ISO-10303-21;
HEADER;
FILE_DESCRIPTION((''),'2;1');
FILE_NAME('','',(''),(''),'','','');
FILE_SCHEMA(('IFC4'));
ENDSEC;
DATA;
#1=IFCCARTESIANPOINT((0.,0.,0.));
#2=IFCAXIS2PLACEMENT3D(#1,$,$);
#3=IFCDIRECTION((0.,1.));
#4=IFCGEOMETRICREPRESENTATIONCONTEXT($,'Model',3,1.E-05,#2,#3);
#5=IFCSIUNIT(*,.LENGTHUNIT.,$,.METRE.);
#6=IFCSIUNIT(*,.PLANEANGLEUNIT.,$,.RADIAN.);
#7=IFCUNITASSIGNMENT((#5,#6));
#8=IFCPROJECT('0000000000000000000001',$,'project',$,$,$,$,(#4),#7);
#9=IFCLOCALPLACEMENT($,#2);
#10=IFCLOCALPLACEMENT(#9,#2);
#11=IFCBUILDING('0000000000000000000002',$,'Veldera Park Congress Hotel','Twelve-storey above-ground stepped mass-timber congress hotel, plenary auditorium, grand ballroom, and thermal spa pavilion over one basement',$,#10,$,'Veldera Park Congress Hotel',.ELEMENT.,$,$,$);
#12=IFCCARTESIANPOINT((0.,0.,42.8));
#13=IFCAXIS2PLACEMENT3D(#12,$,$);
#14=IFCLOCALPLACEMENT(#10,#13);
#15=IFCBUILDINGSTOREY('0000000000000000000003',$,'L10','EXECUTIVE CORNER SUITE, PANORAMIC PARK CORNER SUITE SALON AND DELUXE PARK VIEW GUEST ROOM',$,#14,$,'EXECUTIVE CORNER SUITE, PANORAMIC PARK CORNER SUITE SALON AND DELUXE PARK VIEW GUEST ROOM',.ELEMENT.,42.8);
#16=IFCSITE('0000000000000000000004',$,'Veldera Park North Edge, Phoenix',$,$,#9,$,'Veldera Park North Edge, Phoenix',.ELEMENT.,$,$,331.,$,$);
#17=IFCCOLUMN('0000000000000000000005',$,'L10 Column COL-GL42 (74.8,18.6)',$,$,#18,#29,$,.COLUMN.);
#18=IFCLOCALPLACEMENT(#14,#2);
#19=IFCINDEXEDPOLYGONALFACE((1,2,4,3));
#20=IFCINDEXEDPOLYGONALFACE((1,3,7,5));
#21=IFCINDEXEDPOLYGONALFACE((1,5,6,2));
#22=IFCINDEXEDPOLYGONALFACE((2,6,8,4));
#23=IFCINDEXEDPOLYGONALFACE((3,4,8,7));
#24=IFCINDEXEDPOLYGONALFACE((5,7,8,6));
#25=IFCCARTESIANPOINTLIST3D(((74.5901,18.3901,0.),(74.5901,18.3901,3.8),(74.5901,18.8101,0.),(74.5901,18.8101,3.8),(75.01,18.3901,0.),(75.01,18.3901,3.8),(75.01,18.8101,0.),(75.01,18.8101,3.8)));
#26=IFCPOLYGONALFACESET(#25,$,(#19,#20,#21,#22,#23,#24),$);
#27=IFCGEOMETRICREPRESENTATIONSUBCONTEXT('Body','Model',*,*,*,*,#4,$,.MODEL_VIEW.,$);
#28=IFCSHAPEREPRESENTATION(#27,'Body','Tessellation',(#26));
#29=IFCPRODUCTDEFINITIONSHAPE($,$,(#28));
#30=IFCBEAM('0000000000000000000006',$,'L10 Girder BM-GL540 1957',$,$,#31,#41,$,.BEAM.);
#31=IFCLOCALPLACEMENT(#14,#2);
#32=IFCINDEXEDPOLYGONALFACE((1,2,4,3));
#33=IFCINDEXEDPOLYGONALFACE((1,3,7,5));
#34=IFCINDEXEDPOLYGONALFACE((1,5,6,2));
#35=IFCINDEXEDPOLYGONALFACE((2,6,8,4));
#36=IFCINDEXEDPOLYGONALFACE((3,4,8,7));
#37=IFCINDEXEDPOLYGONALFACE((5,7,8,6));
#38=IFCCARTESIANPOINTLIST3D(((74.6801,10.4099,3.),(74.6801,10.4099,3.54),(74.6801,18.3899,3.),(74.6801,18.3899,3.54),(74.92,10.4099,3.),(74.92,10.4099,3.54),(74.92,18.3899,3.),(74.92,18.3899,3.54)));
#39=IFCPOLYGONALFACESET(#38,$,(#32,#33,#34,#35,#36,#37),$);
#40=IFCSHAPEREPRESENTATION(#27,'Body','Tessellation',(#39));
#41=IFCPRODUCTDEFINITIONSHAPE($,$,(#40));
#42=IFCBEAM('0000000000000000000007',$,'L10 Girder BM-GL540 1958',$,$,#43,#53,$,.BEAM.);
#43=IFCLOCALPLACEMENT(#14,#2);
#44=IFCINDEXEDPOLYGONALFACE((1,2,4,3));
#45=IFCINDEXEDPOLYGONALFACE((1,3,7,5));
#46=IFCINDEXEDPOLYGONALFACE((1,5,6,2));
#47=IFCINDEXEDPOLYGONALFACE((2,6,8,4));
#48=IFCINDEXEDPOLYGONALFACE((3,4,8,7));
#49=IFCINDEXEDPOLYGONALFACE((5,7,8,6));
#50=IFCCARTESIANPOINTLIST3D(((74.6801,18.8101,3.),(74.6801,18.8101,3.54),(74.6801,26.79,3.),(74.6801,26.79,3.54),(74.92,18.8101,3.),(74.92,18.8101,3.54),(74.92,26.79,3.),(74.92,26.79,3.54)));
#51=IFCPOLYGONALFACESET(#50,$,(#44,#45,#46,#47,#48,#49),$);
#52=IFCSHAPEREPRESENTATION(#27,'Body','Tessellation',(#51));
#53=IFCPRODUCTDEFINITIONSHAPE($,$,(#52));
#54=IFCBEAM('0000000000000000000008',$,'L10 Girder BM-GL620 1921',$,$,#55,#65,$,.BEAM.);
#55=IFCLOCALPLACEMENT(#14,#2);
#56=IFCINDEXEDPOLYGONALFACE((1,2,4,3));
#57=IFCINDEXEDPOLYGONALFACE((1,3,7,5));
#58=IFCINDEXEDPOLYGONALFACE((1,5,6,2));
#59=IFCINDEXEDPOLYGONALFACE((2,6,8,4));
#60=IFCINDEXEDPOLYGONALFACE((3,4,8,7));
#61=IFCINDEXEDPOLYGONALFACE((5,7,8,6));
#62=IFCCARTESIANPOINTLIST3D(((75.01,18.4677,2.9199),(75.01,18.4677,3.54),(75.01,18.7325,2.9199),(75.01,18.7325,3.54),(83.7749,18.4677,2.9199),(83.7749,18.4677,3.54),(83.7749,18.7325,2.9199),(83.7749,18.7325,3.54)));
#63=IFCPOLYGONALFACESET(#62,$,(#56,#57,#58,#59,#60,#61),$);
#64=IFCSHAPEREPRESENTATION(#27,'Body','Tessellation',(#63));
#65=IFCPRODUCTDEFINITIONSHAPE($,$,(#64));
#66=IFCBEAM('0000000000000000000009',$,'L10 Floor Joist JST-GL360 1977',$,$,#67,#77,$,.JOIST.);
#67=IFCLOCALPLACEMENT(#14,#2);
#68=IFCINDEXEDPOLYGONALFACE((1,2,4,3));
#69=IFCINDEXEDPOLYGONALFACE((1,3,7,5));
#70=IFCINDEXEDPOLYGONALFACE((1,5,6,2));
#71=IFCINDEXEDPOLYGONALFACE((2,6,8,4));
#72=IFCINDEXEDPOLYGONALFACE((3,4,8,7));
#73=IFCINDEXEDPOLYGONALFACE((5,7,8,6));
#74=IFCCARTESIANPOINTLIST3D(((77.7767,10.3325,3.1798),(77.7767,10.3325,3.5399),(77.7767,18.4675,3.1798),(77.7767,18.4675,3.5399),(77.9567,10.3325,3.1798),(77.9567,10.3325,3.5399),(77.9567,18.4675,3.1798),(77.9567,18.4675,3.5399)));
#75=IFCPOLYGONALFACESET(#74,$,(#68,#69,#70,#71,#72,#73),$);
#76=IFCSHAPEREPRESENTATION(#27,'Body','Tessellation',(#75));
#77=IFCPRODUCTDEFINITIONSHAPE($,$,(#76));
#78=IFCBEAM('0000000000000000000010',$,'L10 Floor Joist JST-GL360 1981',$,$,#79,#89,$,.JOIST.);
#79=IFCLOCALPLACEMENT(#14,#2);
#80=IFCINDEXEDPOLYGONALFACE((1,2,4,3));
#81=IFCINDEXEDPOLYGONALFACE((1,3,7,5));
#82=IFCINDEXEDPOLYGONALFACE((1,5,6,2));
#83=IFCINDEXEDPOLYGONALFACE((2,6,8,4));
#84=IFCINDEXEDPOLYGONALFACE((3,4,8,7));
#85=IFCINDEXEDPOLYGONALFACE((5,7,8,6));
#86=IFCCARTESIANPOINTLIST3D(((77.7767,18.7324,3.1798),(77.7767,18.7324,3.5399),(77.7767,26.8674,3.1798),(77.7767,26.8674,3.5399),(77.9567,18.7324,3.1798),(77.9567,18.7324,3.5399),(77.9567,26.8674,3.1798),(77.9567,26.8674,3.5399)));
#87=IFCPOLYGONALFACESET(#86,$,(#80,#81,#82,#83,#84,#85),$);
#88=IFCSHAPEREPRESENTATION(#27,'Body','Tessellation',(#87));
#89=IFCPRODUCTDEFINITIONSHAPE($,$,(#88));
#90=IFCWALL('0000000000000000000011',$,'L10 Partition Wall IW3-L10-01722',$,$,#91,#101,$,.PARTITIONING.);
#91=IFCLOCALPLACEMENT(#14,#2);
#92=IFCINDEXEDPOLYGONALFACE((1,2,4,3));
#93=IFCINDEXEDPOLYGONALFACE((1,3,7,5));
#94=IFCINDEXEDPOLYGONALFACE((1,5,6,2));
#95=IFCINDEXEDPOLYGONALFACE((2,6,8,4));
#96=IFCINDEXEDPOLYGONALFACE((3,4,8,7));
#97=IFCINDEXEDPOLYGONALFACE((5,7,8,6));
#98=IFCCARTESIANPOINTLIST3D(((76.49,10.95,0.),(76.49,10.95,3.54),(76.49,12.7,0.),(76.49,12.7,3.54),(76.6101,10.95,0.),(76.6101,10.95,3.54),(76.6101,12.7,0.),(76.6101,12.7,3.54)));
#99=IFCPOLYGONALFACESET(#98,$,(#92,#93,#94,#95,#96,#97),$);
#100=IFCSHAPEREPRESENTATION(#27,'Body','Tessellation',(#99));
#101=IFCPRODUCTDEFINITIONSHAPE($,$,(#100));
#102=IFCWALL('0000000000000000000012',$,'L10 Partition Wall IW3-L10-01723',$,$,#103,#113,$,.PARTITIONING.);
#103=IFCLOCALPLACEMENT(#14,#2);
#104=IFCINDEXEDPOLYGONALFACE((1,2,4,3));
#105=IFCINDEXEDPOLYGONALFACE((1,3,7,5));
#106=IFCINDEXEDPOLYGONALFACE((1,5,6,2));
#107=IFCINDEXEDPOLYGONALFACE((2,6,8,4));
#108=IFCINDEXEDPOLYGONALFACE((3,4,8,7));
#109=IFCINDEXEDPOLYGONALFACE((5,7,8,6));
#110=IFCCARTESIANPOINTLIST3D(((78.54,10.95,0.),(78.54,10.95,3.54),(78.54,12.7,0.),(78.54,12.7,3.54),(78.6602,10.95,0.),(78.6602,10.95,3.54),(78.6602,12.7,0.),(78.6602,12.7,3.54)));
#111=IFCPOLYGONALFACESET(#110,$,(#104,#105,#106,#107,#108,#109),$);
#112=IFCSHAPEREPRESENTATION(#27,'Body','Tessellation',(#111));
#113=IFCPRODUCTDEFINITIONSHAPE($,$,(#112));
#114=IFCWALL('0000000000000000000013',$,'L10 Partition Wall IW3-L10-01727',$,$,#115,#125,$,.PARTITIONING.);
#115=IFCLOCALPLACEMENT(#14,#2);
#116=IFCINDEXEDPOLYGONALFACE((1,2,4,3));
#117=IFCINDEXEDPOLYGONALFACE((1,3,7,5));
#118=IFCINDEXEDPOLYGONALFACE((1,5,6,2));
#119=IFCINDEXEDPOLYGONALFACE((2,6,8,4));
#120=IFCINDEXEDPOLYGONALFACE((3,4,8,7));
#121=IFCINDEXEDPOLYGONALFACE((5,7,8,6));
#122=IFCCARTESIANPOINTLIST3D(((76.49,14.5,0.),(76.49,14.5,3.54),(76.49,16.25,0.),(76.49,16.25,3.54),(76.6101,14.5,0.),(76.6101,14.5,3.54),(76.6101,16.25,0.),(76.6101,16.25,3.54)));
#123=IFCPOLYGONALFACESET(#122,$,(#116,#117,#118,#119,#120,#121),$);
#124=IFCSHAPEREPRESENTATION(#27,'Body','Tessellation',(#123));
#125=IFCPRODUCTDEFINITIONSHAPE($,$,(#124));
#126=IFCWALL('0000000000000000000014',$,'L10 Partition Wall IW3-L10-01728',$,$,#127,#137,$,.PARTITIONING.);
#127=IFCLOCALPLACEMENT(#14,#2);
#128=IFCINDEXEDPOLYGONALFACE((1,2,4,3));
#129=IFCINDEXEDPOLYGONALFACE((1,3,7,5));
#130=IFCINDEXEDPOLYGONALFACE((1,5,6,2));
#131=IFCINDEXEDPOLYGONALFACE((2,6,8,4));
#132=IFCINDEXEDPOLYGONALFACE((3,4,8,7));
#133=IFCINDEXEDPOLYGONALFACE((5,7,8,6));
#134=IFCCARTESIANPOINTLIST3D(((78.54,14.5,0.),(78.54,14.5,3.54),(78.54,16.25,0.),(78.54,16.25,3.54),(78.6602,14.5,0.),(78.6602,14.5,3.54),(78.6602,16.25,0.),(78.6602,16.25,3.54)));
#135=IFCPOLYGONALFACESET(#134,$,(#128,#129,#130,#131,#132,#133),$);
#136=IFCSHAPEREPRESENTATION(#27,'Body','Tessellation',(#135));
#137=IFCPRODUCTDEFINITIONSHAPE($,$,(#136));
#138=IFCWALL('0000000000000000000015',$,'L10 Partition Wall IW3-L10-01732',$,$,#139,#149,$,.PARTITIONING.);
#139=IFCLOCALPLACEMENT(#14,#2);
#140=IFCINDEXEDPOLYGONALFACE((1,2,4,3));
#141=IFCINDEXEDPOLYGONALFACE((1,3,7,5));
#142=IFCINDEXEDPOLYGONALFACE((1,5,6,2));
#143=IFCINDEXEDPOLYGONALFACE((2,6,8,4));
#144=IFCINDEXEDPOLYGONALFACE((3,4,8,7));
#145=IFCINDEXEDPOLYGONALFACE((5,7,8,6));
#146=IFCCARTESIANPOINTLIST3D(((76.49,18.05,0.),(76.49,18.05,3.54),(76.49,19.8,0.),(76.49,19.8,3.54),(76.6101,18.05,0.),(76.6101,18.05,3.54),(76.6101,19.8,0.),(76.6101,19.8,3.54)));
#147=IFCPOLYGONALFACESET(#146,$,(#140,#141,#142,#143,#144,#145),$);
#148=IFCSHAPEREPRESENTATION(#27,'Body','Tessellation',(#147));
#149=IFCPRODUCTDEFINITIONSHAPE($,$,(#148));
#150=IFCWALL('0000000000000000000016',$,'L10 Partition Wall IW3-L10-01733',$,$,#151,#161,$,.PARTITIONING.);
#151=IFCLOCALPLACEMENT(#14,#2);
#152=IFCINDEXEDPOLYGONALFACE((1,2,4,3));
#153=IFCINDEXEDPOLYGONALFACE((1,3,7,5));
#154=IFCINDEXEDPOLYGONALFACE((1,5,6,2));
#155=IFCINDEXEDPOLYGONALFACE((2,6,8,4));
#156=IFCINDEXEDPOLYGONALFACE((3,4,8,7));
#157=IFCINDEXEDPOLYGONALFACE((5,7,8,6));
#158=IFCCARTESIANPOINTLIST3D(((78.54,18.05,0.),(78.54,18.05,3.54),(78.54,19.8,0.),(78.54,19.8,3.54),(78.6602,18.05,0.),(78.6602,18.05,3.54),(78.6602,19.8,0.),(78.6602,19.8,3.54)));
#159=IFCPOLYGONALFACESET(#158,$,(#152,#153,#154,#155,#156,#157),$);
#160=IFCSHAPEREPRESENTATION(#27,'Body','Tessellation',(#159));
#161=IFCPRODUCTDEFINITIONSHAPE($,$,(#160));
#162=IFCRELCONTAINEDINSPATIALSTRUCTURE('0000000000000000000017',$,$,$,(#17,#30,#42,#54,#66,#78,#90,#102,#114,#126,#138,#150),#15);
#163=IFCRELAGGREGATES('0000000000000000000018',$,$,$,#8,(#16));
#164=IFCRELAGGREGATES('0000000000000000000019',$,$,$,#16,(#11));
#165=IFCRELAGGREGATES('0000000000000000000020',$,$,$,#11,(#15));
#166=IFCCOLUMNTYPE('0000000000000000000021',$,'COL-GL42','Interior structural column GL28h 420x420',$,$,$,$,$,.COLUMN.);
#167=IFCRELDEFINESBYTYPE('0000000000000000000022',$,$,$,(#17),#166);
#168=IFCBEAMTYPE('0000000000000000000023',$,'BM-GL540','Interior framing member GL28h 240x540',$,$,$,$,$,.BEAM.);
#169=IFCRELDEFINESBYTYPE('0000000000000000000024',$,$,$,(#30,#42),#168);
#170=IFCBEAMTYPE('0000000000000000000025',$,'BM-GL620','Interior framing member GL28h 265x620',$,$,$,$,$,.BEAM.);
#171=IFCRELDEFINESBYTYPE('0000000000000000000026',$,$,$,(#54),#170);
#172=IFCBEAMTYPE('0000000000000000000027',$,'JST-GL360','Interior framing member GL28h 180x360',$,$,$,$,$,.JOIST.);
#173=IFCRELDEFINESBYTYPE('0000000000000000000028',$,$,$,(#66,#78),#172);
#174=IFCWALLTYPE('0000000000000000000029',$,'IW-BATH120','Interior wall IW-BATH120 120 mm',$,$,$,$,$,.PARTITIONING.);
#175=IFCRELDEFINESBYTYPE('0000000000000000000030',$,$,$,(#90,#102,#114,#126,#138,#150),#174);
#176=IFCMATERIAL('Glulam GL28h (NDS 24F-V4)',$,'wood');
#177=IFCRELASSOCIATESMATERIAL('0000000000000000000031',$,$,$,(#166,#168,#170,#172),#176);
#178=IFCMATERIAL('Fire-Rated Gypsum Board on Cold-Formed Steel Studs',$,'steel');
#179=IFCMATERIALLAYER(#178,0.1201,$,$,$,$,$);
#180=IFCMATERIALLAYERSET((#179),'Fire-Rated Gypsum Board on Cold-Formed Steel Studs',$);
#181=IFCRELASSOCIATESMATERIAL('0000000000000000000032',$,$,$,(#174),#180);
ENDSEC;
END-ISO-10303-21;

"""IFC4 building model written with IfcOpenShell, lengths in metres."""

from ifc_helpers import new_model, si_unit, direction, frame, frame_2d, origin, origin_2d, place, context, subcontext, project, spatial, rectangle, extrude, material, layer, layer_set, material_profile, profile_set, type_object, element, save


model = new_model("IFC4")

# Units and contexts
model_context = context("Model", 3, precision=1e-05, world=origin(), true_north=direction((0.0, 1.0)))
body_context = subcontext(model_context, "Body", "Model", "MODEL_VIEW")
ifc_project = project(units=[si_unit("LENGTHUNIT", "METRE"), si_unit("PLANEANGLEUNIT", "RADIAN")], contexts=[model_context])

# Site, building, storey
site_placement = place(None, origin())
site = spatial("IfcSite", under=ifc_project, at=site_placement, Name="Veldera Park North Edge, Phoenix", LongName="Veldera Park North Edge, Phoenix", CompositionType="ELEMENT", RefElevation=331.0)
building_placement = place(site_placement, origin())
building = spatial("IfcBuilding", under=site, at=building_placement, Name="Veldera Park Congress Hotel", Description="Twelve-storey above-ground stepped mass-timber congress hotel, plenary auditorium, grand ballroom, and thermal spa pavilion over one basement", LongName="Veldera Park Congress Hotel", CompositionType="ELEMENT")
storey_placement = place(building_placement, frame((0.0, 0.0, 42.8)))
storey = spatial("IfcBuildingStorey", under=building, at=storey_placement, Name="L10", Description="EXECUTIVE CORNER SUITE, PANORAMIC PARK CORNER SUITE SALON AND DELUXE PARK VIEW GUEST ROOM", LongName="EXECUTIVE CORNER SUITE, PANORAMIC PARK CORNER SUITE SALON AND DELUXE PARK VIEW GUEST ROOM", CompositionType="ELEMENT", Elevation=42.8)

# Column
ifc_material_1 = material(Name="Glulam GL28h (NDS 24F-V4)", Category="wood")
ifc_material_profile_1 = material_profile(ifc_material_1, rectangle(XDim=0.4199, YDim=0.4199, at=origin_2d()), Name="GL28h 420x420")
ifc_profile_set_1 = profile_set([ifc_material_profile_1], Name="Glulam GL28h (NDS 24F-V4)")
column_type = type_object("IfcColumnType", Name="COL-GL42", Description="Interior structural column GL28h 420x420", PredefinedType="COLUMN", material=ifc_profile_set_1)
column_placement = place(storey_placement, frame((74.8, 18.6001, 0.0), z_axis=(0.0, 0.0, 1.0), x_axis=(1.0, 0.0, 0.0)))
element("IfcColumn", 1, at=column_placement, inside=storey, type_object=column_type, Name="L10 Column COL-GL42 (74.8,18.6)", PredefinedType="COLUMN", context=body_context, shape_type="SweptSolid", body=[
    extrude(rectangle(XDim=0.4199, YDim=0.4199, at=origin_2d()), origin(), (0.0, 0.0, 1.0), 3.8),
])

# Beams
ifc_material_profile_2 = material_profile(ifc_material_1, rectangle(XDim=0.24, YDim=0.54, at=origin_2d()), Name="GL28h 240x540")
ifc_profile_set_2 = profile_set([ifc_material_profile_2], Name="Glulam GL28h (NDS 24F-V4)")
beam_type_1 = type_object("IfcBeamType", Name="BM-GL540", Description="Interior framing member GL28h 240x540", PredefinedType="BEAM", material=ifc_profile_set_2)
for number, where, z_axis, x_axis, name in (
    (2, (74.8, 10.4099, 3.27), (0.0, 1.0, 0.0), (-1.0, 0.0, 0.0), "L10 Girder BM-GL540 1957"),
    (3, (74.8, 18.8101, 3.27), (0.0, 1.0, 0.0), (-1.0, 0.0, 0.0), "L10 Girder BM-GL540 1958"),
):
    element("IfcBeam", number, at=place(storey_placement, frame(where, z_axis=z_axis, x_axis=x_axis)), inside=storey, type_object=beam_type_1, Name=name, PredefinedType="BEAM", context=body_context, shape_type="SweptSolid", body=[
        extrude(rectangle(XDim=0.24, YDim=0.54, at=origin_2d()), origin(), (0.0, 0.0, 1.0), 7.98),
    ])
ifc_material_profile_3 = material_profile(ifc_material_1, rectangle(XDim=0.2649, YDim=0.6201, at=origin_2d()), Name="GL28h 265x620")
ifc_profile_set_3 = profile_set([ifc_material_profile_3], Name="Glulam GL28h (NDS 24F-V4)")
beam_type_2 = type_object("IfcBeamType", Name="BM-GL620", Description="Interior framing member GL28h 265x620", PredefinedType="BEAM", material=ifc_profile_set_3)
beam_placement = place(storey_placement, frame((75.01, 18.6001, 3.23), z_axis=(1.0, 0.0, 0.0), x_axis=(0.0, 1.0, 0.0)))
element("IfcBeam", 4, at=beam_placement, inside=storey, type_object=beam_type_2, Name="L10 Girder BM-GL620 1921", PredefinedType="BEAM", context=body_context, shape_type="SweptSolid", body=[
    extrude(rectangle(XDim=0.2649, YDim=0.6201, at=origin_2d()), origin(), (0.0, 0.0, 1.0), 8.7649),
])
ifc_material_profile_4 = material_profile(ifc_material_1, rectangle(XDim=0.1799, YDim=0.3601, at=origin_2d()), Name="GL28h 180x360")
ifc_profile_set_4 = profile_set([ifc_material_profile_4], Name="Glulam GL28h (NDS 24F-V4)")
beam_type_3 = type_object("IfcBeamType", Name="JST-GL360", Description="Interior framing member GL28h 180x360", PredefinedType="JOIST", material=ifc_profile_set_4)
for number, where, z_axis, x_axis, name in (
    (5, (77.8667, 10.3325, 3.3599), (0.0, 1.0, 0.0), (-1.0, 0.0, 0.0), "L10 Floor Joist JST-GL360 1977"),
    (6, (77.8667, 18.7324, 3.3599), (0.0, 1.0, 0.0), (-1.0, 0.0, 0.0), "L10 Floor Joist JST-GL360 1981"),
):
    element("IfcBeam", number, at=place(storey_placement, frame(where, z_axis=z_axis, x_axis=x_axis)), inside=storey, type_object=beam_type_3, Name=name, PredefinedType="JOIST", context=body_context, shape_type="SweptSolid", body=[
        extrude(rectangle(XDim=0.1799, YDim=0.3601, at=origin_2d()), origin(), (0.0, 0.0, 1.0), 8.135),
    ])

# Walls
ifc_material_2 = material(Name="Fire-Rated Gypsum Board on Cold-Formed Steel Studs", Category="steel")
ifc_layer = layer(ifc_material_2, 0.1201)
ifc_layer_set = layer_set([ifc_layer], Name="Fire-Rated Gypsum Board on Cold-Formed Steel Studs")
wall_type = type_object("IfcWallType", Name="IW-BATH120", Description="Interior wall IW-BATH120 120 mm", PredefinedType="PARTITIONING", material=ifc_layer_set)
for number, where, z_axis, x_axis, name in (
    (7, (76.55, 10.95, 0.0), (0.0, 0.0, 1.0), (0.0, 1.0, 0.0), "L10 Partition Wall IW3-L10-01722"),
    (8, (78.6001, 10.95, 0.0), (0.0, 0.0, 1.0), (0.0, 1.0, 0.0), "L10 Partition Wall IW3-L10-01723"),
):
    element("IfcWall", number, at=place(storey_placement, frame(where, z_axis=z_axis, x_axis=x_axis)), inside=storey, type_object=wall_type, Name=name, PredefinedType="PARTITIONING", context=body_context, shape_type="SweptSolid", body=[
        extrude(rectangle(XDim=1.75, YDim=0.1201, at=frame_2d((0.875, 0.0))), origin(), (0.0, 0.0, 1.0), 3.54),
    ])

# Walls
for number, where, z_axis, x_axis, name in (
    (9, (76.55, 14.5, 0.0), (0.0, 0.0, 1.0), (0.0, 1.0, 0.0), "L10 Partition Wall IW3-L10-01727"),
    (10, (78.6001, 14.5, 0.0), (0.0, 0.0, 1.0), (0.0, 1.0, 0.0), "L10 Partition Wall IW3-L10-01728"),
):
    element("IfcWall", number, at=place(storey_placement, frame(where, z_axis=z_axis, x_axis=x_axis)), inside=storey, type_object=wall_type, Name=name, PredefinedType="PARTITIONING", context=body_context, shape_type="SweptSolid", body=[
        extrude(rectangle(XDim=1.75, YDim=0.1201, at=frame_2d((0.875, 0.0))), origin(), (0.0, 0.0, 1.0), 3.54),
    ])

# Walls
for number, where, z_axis, x_axis, name in (
    (11, (76.55, 18.05, 0.0), (0.0, 0.0, 1.0), (0.0, 1.0, 0.0), "L10 Partition Wall IW3-L10-01732"),
    (12, (78.6001, 18.05, 0.0), (0.0, 0.0, 1.0), (0.0, 1.0, 0.0), "L10 Partition Wall IW3-L10-01733"),
):
    element("IfcWall", number, at=place(storey_placement, frame(where, z_axis=z_axis, x_axis=x_axis)), inside=storey, type_object=wall_type, Name=name, PredefinedType="PARTITIONING", context=body_context, shape_type="SweptSolid", body=[
        extrude(rectangle(XDim=1.75, YDim=0.1201, at=frame_2d((0.875, 0.0))), origin(), (0.0, 0.0, 1.0), 3.54),
    ])

save(model, "model.ifc")
